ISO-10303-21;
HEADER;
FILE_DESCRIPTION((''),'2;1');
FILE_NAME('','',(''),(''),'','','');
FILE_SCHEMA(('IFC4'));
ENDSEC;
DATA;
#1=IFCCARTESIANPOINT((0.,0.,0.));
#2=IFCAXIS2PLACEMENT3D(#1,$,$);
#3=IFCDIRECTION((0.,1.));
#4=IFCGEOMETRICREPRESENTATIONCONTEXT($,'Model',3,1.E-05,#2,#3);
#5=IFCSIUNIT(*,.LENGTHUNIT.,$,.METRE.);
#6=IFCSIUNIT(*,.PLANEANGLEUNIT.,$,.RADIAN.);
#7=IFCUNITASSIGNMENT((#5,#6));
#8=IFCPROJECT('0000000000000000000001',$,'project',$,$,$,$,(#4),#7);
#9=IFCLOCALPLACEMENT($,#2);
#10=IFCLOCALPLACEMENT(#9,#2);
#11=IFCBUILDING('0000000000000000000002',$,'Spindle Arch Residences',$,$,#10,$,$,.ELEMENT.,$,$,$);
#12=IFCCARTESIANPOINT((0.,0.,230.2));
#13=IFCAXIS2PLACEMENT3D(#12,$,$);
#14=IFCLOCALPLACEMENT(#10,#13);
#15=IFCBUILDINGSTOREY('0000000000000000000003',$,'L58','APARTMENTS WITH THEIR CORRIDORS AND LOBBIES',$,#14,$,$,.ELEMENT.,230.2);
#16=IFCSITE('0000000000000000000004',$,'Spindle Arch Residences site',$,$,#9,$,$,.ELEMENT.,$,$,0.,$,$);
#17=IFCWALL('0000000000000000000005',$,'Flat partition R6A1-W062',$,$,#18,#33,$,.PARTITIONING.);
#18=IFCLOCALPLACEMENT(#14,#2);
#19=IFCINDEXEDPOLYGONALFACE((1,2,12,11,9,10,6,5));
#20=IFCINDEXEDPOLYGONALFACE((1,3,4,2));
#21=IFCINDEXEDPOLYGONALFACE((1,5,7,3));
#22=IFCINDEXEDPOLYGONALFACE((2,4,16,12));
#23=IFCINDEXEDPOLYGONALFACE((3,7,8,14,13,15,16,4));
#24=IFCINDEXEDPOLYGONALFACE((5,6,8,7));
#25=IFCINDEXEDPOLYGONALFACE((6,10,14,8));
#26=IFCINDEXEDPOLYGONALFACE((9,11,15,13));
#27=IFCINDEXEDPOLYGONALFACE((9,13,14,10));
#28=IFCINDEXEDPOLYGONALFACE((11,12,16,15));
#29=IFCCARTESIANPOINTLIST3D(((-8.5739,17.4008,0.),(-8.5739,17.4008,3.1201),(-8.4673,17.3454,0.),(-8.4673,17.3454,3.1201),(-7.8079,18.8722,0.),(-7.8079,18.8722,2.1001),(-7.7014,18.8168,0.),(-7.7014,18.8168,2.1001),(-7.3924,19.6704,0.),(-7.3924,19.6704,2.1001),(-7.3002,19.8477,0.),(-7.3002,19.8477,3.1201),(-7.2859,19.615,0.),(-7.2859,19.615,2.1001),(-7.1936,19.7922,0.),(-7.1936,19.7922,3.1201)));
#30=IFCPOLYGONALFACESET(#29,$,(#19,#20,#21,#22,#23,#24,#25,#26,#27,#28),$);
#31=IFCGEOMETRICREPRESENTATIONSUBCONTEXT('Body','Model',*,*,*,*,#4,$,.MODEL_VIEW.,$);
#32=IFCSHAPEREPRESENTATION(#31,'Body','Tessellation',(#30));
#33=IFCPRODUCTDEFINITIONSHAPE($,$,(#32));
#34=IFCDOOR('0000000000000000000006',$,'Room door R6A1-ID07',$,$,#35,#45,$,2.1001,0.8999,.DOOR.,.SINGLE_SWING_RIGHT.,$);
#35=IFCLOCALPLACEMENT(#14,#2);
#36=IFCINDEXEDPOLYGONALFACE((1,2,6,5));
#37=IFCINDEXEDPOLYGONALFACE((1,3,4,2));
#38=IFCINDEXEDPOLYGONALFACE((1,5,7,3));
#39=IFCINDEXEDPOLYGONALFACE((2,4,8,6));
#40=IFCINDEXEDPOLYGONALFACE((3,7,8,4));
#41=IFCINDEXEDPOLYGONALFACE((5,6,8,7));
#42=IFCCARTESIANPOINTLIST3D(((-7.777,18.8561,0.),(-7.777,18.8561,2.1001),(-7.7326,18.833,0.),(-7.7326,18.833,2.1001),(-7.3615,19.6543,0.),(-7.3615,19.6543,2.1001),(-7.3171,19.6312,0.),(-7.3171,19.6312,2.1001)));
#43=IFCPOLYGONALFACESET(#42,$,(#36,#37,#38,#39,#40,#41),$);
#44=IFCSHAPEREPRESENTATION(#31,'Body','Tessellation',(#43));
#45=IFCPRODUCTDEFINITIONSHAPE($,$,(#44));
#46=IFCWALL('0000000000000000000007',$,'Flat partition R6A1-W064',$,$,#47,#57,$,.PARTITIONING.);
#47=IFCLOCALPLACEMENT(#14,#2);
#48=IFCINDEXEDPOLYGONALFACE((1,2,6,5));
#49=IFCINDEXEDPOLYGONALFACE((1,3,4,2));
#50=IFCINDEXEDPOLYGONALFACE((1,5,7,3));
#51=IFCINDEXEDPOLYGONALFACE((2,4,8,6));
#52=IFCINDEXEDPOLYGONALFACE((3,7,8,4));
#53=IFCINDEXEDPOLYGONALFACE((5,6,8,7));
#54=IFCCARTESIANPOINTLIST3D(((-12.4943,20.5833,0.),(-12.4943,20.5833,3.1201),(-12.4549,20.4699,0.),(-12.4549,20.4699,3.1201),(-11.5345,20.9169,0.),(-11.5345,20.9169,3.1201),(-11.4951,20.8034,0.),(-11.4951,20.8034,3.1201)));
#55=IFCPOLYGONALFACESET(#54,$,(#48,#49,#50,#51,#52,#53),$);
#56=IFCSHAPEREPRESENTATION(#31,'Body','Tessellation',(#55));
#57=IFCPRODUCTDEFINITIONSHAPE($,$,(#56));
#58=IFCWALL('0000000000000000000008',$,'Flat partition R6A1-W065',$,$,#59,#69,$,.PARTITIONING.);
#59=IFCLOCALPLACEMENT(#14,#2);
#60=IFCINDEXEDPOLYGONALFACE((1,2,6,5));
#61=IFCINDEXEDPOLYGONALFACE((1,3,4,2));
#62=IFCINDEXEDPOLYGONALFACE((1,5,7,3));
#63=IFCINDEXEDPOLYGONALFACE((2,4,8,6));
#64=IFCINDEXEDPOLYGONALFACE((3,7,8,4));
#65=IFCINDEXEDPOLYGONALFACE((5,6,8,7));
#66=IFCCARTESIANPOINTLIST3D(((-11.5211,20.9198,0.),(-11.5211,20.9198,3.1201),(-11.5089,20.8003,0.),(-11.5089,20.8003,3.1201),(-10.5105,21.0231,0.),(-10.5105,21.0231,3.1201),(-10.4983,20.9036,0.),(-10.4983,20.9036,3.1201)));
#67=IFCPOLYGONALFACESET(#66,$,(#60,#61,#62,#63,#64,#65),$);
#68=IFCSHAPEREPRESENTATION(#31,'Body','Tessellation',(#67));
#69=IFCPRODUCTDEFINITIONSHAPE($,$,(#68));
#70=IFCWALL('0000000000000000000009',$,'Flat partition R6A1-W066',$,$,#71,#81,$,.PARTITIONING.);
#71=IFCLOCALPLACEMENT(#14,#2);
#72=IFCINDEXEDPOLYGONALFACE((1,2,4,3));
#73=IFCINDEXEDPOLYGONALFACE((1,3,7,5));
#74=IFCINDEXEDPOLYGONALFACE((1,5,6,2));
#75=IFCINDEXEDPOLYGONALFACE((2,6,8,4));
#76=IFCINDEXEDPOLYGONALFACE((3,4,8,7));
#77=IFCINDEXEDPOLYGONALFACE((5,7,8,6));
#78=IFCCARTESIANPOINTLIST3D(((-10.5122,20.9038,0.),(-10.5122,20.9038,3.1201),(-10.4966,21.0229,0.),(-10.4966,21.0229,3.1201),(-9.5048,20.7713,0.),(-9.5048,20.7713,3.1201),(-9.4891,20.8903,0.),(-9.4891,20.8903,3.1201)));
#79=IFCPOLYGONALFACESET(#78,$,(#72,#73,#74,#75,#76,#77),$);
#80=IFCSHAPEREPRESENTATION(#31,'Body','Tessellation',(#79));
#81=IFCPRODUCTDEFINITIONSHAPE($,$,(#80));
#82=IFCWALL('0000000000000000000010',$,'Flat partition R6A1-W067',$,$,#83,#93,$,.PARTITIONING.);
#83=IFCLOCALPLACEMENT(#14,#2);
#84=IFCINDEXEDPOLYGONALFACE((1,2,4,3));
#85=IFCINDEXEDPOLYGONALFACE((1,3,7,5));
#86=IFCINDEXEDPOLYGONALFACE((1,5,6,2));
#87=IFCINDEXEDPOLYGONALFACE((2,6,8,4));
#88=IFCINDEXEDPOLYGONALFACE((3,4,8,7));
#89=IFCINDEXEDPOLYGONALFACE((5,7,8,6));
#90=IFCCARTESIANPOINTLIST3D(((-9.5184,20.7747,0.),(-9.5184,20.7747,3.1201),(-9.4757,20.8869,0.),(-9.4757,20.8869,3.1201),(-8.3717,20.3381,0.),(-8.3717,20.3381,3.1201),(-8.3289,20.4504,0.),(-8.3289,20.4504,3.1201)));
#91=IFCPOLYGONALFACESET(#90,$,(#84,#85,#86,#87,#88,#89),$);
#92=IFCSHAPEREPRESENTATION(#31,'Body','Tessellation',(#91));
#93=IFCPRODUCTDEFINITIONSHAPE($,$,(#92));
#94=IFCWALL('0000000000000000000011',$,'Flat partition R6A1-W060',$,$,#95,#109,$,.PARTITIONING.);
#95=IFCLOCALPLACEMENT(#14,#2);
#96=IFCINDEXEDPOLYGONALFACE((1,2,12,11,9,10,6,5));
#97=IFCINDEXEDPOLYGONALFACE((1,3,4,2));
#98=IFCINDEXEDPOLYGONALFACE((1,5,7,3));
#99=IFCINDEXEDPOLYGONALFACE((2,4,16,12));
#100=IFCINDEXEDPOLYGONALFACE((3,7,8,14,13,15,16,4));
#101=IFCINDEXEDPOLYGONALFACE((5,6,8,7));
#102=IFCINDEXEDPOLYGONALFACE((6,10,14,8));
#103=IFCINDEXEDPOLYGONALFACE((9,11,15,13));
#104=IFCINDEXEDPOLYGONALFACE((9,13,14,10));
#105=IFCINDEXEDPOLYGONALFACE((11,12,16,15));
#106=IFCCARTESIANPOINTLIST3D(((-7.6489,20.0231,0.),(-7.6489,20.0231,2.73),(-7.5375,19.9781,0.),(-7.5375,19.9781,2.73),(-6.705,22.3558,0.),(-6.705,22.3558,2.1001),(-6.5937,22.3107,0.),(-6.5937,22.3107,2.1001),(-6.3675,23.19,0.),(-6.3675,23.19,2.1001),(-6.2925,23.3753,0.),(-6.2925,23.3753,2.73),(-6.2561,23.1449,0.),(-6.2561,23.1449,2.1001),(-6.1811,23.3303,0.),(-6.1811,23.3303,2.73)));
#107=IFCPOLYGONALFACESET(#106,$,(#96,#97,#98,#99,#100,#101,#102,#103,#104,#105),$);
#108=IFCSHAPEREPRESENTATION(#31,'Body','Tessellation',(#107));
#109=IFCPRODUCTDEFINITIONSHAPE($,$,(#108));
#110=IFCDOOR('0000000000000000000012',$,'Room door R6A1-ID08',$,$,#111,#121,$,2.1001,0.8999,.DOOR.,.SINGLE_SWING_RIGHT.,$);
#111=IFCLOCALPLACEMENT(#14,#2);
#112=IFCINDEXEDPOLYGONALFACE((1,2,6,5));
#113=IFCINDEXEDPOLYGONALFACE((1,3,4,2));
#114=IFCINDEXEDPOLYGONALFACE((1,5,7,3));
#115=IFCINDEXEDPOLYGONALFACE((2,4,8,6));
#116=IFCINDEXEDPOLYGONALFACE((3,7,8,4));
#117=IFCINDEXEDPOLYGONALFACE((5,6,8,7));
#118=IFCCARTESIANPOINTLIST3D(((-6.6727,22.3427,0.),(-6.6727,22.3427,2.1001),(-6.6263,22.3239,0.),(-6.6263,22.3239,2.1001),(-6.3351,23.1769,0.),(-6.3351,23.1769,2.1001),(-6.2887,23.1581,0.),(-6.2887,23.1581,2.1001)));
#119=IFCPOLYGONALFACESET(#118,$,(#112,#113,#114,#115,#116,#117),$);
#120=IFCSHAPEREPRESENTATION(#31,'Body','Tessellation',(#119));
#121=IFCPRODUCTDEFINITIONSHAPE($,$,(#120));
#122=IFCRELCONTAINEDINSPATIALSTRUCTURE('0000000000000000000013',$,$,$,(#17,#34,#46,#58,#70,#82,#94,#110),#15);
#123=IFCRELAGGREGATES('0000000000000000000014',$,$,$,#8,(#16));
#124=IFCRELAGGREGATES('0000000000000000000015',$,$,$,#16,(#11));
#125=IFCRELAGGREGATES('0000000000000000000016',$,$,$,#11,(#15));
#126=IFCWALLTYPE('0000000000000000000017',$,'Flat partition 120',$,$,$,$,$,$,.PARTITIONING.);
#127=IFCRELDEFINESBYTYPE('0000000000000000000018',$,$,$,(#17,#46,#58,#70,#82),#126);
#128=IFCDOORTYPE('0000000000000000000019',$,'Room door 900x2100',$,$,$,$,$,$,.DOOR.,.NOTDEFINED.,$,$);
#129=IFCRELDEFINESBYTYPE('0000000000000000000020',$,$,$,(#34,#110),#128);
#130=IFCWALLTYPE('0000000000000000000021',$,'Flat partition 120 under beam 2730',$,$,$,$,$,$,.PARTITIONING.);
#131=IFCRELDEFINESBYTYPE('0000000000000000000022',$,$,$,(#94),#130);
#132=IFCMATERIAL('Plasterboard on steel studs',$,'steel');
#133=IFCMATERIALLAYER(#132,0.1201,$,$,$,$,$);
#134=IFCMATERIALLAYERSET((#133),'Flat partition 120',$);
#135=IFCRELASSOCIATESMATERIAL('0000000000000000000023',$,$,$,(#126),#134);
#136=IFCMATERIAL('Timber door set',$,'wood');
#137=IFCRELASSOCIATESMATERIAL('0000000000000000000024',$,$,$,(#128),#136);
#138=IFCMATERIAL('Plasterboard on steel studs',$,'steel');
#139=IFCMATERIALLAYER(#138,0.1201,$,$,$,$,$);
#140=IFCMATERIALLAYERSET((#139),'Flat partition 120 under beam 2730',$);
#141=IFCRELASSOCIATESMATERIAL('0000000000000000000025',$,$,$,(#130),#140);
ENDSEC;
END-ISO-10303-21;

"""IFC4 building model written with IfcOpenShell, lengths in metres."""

from ifc_helpers import new_model, si_unit, direction, frame, frame_2d, origin, place, context, subcontext, project, spatial, rectangle, extrude, material, layer, layer_set, type_object, element, fill, save


model = new_model("IFC4")

# Units and contexts
model_context = context("Model", 3, precision=1e-05, world=origin(), true_north=direction((0.0, 1.0)))
body_context = subcontext(model_context, "Body", "Model", "MODEL_VIEW")
ifc_project = project(units=[si_unit("LENGTHUNIT", "METRE"), si_unit("PLANEANGLEUNIT", "RADIAN")], contexts=[model_context])

# Site, building, storey
site_placement = place(None, origin())
site = spatial("IfcSite", under=ifc_project, at=site_placement, Name="Spindle Arch Residences site", CompositionType="ELEMENT", RefElevation=0.0)
building_placement = place(site_placement, origin())
building = spatial("IfcBuilding", under=site, at=building_placement, Name="Spindle Arch Residences", CompositionType="ELEMENT")
storey_placement = place(building_placement, frame((0.0, 0.0, 230.2)))
storey = spatial("IfcBuildingStorey", under=building, at=storey_placement, Name="L58", Description="APARTMENTS WITH THEIR CORRIDORS AND LOBBIES", CompositionType="ELEMENT", Elevation=230.2)

# Shared definitions
ifc_material_1 = material(Name="Plasterboard on steel studs", Category="steel")
ifc_layer_1 = layer(ifc_material_1, 0.1201)
ifc_layer_set_1 = layer_set([ifc_layer_1], Name="Flat partition 120")
wall_type_1 = type_object("IfcWallType", Name="Flat partition 120", PredefinedType="PARTITIONING", material=ifc_layer_set_1)

# Wall, opening, door
wall_1_placement = place(storey_placement, frame((-7.2468, 19.8201, 0.0), z_axis=(0.0, 0.0, 1.0), x_axis=(-0.46174, -0.887015, 0.0)))
wall_1 = element("IfcWall", 1, at=wall_1_placement, inside=storey, type_object=wall_type_1, Name="Flat partition R6A1-W062", PredefinedType="PARTITIONING", context=body_context, shape_type="SweptSolid", body=[
    extrude(rectangle(XDim=2.7585, YDim=0.1201, at=frame_2d((1.3794, 0.0))), origin(), (0.0, 0.0, 1.0), 3.1201),
])
opening_1_placement = place(wall_1_placement, frame((0.2, 0.0, 0.0)))
opening_1 = element("IfcOpeningElement", 2, at=opening_1_placement, cuts=wall_1, PredefinedType="OPENING", context=body_context, shape_type="SweptSolid", body=[
    extrude(rectangle(XDim=0.8999, YDim=2.1001, at=frame_2d((0.45, 1.05))), frame((0.0, 0.0701, 0.0), z_axis=(0.0, -1.0, 0.0), x_axis=(1.0, 0.0, 0.0)), (0.0, 0.0, 1.0), 0.1401),
])
ifc_material_2 = material(Name="Timber door set", Category="wood")
door_type = type_object("IfcDoorType", Name="Room door 900x2100", OperationType="NOTDEFINED", PredefinedType="DOOR", material=ifc_material_2)
door_1_placement = place(opening_1_placement, origin())
door_1 = element("IfcDoor", 3, at=door_1_placement, inside=storey, type_object=door_type, Name="Room door R6A1-ID07", OperationType="SINGLE_SWING_RIGHT", OverallHeight=2.1001, OverallWidth=0.8999, PredefinedType="DOOR", context=body_context, shape_type="SweptSolid", body=[
    extrude(rectangle(XDim=0.8999, YDim=2.1001, at=frame_2d((0.45, 1.05))), frame((0.0, 0.0249, 0.0), z_axis=(0.0, -1.0, 0.0), x_axis=(1.0, 0.0, 0.0)), (0.0, 0.0, 1.0), 0.05),
])
fill(opening_1, door_1)

# Walls
wall_2_placement = place(storey_placement, frame((-12.4746, 20.5266, 0.0), z_axis=(0.0, 0.0, 1.0), x_axis=(0.944594, 0.328241, 0.0)))
element("IfcWall", 4, at=wall_2_placement, inside=storey, type_object=wall_type_1, Name="Flat partition R6A1-W064", PredefinedType="PARTITIONING", context=body_context, shape_type="SweptSolid", body=[
    extrude(rectangle(XDim=1.0161, YDim=0.1201, at=frame_2d((0.5081, 0.0))), origin(), (0.0, 0.0, 1.0), 3.1201),
])
wall_3_placement = place(storey_placement, frame((-11.5149, 20.8601, 0.0), z_axis=(0.0, 0.0, 1.0), x_axis=(0.994818, 0.101669, 0.0)))
element("IfcWall", 5, at=wall_3_placement, inside=storey, type_object=wall_type_1, Name="Flat partition R6A1-W065", PredefinedType="PARTITIONING", context=body_context, shape_type="SweptSolid", body=[
    extrude(rectangle(XDim=1.0159, YDim=0.1201, at=frame_2d((0.5078, 0.0))), origin(), (0.0, 0.0, 1.0), 3.1201),
])
wall_4_placement = place(storey_placement, frame((-10.5044, 20.9634, 0.0), z_axis=(0.0, 0.0, 1.0), x_axis=(0.991451, -0.130479, 0.0)))
element("IfcWall", 6, at=wall_4_placement, inside=storey, type_object=wall_type_1, Name="Flat partition R6A1-W066", PredefinedType="PARTITIONING", context=body_context, shape_type="SweptSolid", body=[
    extrude(rectangle(XDim=1.0161, YDim=0.1201, at=frame_2d((0.5081, 0.0))), origin(), (0.0, 0.0, 1.0), 3.1201),
])
wall_5_placement = place(storey_placement, frame((-9.4971, 20.8308, 0.0), z_axis=(0.0, 0.0, 1.0), x_axis=(0.934576, -0.355764, 0.0)))
element("IfcWall", 7, at=wall_5_placement, inside=storey, type_object=wall_type_1, Name="Flat partition R6A1-W067", PredefinedType="PARTITIONING", context=body_context, shape_type="SweptSolid", body=[
    extrude(rectangle(XDim=1.2271, YDim=0.1201, at=frame_2d((0.6135, 0.0))), origin(), (0.0, 0.0, 1.0), 3.1201),
])

# Wall, opening, door
ifc_material_3 = material(Name="Plasterboard on steel studs", Category="steel")
ifc_layer_2 = layer(ifc_material_3, 0.1201)
ifc_layer_set_2 = layer_set([ifc_layer_2], Name="Flat partition 120 under beam 2730")
wall_type_2 = type_object("IfcWallType", Name="Flat partition 120 under beam 2730", PredefinedType="PARTITIONING", material=ifc_layer_set_2)
wall_6_placement = place(storey_placement, frame((-6.2368, 23.3528, 0.0), z_axis=(0.0, 0.0, 1.0), x_axis=(-0.375089, -0.926989, 0.0)))
wall_6 = element("IfcWall", 8, at=wall_6_placement, inside=storey, type_object=wall_type_2, Name="Flat partition R6A1-W060", PredefinedType="PARTITIONING", context=body_context, shape_type="SweptSolid", body=[
    extrude(rectangle(XDim=3.6162, YDim=0.1201, at=frame_2d((1.8081, 0.0))), origin(), (0.0, 0.0, 1.0), 2.73),
])
opening_2_placement = place(wall_6_placement, frame((0.2, 0.0, 0.0)))
opening_2 = element("IfcOpeningElement", 9, at=opening_2_placement, cuts=wall_6, PredefinedType="OPENING", context=body_context, shape_type="SweptSolid", body=[
    extrude(rectangle(XDim=0.8999, YDim=2.1001, at=frame_2d((0.45, 1.05))), frame((0.0, 0.0701, 0.0), z_axis=(0.0, -1.0, 0.0), x_axis=(1.0, 0.0, 0.0)), (0.0, 0.0, 1.0), 0.1401),
])
door_2_placement = place(opening_2_placement, origin())
door_2 = element("IfcDoor", 10, at=door_2_placement, inside=storey, type_object=door_type, Name="Room door R6A1-ID08", OperationType="SINGLE_SWING_RIGHT", OverallHeight=2.1001, OverallWidth=0.8999, PredefinedType="DOOR", context=body_context, shape_type="SweptSolid", body=[
    extrude(rectangle(XDim=0.8999, YDim=2.1001, at=frame_2d((0.45, 1.05))), frame((0.0, 0.0249, 0.0), z_axis=(0.0, -1.0, 0.0), x_axis=(1.0, 0.0, 0.0)), (0.0, 0.0, 1.0), 0.05),
])
fill(opening_2, door_2)

save(model, "model.ifc")
